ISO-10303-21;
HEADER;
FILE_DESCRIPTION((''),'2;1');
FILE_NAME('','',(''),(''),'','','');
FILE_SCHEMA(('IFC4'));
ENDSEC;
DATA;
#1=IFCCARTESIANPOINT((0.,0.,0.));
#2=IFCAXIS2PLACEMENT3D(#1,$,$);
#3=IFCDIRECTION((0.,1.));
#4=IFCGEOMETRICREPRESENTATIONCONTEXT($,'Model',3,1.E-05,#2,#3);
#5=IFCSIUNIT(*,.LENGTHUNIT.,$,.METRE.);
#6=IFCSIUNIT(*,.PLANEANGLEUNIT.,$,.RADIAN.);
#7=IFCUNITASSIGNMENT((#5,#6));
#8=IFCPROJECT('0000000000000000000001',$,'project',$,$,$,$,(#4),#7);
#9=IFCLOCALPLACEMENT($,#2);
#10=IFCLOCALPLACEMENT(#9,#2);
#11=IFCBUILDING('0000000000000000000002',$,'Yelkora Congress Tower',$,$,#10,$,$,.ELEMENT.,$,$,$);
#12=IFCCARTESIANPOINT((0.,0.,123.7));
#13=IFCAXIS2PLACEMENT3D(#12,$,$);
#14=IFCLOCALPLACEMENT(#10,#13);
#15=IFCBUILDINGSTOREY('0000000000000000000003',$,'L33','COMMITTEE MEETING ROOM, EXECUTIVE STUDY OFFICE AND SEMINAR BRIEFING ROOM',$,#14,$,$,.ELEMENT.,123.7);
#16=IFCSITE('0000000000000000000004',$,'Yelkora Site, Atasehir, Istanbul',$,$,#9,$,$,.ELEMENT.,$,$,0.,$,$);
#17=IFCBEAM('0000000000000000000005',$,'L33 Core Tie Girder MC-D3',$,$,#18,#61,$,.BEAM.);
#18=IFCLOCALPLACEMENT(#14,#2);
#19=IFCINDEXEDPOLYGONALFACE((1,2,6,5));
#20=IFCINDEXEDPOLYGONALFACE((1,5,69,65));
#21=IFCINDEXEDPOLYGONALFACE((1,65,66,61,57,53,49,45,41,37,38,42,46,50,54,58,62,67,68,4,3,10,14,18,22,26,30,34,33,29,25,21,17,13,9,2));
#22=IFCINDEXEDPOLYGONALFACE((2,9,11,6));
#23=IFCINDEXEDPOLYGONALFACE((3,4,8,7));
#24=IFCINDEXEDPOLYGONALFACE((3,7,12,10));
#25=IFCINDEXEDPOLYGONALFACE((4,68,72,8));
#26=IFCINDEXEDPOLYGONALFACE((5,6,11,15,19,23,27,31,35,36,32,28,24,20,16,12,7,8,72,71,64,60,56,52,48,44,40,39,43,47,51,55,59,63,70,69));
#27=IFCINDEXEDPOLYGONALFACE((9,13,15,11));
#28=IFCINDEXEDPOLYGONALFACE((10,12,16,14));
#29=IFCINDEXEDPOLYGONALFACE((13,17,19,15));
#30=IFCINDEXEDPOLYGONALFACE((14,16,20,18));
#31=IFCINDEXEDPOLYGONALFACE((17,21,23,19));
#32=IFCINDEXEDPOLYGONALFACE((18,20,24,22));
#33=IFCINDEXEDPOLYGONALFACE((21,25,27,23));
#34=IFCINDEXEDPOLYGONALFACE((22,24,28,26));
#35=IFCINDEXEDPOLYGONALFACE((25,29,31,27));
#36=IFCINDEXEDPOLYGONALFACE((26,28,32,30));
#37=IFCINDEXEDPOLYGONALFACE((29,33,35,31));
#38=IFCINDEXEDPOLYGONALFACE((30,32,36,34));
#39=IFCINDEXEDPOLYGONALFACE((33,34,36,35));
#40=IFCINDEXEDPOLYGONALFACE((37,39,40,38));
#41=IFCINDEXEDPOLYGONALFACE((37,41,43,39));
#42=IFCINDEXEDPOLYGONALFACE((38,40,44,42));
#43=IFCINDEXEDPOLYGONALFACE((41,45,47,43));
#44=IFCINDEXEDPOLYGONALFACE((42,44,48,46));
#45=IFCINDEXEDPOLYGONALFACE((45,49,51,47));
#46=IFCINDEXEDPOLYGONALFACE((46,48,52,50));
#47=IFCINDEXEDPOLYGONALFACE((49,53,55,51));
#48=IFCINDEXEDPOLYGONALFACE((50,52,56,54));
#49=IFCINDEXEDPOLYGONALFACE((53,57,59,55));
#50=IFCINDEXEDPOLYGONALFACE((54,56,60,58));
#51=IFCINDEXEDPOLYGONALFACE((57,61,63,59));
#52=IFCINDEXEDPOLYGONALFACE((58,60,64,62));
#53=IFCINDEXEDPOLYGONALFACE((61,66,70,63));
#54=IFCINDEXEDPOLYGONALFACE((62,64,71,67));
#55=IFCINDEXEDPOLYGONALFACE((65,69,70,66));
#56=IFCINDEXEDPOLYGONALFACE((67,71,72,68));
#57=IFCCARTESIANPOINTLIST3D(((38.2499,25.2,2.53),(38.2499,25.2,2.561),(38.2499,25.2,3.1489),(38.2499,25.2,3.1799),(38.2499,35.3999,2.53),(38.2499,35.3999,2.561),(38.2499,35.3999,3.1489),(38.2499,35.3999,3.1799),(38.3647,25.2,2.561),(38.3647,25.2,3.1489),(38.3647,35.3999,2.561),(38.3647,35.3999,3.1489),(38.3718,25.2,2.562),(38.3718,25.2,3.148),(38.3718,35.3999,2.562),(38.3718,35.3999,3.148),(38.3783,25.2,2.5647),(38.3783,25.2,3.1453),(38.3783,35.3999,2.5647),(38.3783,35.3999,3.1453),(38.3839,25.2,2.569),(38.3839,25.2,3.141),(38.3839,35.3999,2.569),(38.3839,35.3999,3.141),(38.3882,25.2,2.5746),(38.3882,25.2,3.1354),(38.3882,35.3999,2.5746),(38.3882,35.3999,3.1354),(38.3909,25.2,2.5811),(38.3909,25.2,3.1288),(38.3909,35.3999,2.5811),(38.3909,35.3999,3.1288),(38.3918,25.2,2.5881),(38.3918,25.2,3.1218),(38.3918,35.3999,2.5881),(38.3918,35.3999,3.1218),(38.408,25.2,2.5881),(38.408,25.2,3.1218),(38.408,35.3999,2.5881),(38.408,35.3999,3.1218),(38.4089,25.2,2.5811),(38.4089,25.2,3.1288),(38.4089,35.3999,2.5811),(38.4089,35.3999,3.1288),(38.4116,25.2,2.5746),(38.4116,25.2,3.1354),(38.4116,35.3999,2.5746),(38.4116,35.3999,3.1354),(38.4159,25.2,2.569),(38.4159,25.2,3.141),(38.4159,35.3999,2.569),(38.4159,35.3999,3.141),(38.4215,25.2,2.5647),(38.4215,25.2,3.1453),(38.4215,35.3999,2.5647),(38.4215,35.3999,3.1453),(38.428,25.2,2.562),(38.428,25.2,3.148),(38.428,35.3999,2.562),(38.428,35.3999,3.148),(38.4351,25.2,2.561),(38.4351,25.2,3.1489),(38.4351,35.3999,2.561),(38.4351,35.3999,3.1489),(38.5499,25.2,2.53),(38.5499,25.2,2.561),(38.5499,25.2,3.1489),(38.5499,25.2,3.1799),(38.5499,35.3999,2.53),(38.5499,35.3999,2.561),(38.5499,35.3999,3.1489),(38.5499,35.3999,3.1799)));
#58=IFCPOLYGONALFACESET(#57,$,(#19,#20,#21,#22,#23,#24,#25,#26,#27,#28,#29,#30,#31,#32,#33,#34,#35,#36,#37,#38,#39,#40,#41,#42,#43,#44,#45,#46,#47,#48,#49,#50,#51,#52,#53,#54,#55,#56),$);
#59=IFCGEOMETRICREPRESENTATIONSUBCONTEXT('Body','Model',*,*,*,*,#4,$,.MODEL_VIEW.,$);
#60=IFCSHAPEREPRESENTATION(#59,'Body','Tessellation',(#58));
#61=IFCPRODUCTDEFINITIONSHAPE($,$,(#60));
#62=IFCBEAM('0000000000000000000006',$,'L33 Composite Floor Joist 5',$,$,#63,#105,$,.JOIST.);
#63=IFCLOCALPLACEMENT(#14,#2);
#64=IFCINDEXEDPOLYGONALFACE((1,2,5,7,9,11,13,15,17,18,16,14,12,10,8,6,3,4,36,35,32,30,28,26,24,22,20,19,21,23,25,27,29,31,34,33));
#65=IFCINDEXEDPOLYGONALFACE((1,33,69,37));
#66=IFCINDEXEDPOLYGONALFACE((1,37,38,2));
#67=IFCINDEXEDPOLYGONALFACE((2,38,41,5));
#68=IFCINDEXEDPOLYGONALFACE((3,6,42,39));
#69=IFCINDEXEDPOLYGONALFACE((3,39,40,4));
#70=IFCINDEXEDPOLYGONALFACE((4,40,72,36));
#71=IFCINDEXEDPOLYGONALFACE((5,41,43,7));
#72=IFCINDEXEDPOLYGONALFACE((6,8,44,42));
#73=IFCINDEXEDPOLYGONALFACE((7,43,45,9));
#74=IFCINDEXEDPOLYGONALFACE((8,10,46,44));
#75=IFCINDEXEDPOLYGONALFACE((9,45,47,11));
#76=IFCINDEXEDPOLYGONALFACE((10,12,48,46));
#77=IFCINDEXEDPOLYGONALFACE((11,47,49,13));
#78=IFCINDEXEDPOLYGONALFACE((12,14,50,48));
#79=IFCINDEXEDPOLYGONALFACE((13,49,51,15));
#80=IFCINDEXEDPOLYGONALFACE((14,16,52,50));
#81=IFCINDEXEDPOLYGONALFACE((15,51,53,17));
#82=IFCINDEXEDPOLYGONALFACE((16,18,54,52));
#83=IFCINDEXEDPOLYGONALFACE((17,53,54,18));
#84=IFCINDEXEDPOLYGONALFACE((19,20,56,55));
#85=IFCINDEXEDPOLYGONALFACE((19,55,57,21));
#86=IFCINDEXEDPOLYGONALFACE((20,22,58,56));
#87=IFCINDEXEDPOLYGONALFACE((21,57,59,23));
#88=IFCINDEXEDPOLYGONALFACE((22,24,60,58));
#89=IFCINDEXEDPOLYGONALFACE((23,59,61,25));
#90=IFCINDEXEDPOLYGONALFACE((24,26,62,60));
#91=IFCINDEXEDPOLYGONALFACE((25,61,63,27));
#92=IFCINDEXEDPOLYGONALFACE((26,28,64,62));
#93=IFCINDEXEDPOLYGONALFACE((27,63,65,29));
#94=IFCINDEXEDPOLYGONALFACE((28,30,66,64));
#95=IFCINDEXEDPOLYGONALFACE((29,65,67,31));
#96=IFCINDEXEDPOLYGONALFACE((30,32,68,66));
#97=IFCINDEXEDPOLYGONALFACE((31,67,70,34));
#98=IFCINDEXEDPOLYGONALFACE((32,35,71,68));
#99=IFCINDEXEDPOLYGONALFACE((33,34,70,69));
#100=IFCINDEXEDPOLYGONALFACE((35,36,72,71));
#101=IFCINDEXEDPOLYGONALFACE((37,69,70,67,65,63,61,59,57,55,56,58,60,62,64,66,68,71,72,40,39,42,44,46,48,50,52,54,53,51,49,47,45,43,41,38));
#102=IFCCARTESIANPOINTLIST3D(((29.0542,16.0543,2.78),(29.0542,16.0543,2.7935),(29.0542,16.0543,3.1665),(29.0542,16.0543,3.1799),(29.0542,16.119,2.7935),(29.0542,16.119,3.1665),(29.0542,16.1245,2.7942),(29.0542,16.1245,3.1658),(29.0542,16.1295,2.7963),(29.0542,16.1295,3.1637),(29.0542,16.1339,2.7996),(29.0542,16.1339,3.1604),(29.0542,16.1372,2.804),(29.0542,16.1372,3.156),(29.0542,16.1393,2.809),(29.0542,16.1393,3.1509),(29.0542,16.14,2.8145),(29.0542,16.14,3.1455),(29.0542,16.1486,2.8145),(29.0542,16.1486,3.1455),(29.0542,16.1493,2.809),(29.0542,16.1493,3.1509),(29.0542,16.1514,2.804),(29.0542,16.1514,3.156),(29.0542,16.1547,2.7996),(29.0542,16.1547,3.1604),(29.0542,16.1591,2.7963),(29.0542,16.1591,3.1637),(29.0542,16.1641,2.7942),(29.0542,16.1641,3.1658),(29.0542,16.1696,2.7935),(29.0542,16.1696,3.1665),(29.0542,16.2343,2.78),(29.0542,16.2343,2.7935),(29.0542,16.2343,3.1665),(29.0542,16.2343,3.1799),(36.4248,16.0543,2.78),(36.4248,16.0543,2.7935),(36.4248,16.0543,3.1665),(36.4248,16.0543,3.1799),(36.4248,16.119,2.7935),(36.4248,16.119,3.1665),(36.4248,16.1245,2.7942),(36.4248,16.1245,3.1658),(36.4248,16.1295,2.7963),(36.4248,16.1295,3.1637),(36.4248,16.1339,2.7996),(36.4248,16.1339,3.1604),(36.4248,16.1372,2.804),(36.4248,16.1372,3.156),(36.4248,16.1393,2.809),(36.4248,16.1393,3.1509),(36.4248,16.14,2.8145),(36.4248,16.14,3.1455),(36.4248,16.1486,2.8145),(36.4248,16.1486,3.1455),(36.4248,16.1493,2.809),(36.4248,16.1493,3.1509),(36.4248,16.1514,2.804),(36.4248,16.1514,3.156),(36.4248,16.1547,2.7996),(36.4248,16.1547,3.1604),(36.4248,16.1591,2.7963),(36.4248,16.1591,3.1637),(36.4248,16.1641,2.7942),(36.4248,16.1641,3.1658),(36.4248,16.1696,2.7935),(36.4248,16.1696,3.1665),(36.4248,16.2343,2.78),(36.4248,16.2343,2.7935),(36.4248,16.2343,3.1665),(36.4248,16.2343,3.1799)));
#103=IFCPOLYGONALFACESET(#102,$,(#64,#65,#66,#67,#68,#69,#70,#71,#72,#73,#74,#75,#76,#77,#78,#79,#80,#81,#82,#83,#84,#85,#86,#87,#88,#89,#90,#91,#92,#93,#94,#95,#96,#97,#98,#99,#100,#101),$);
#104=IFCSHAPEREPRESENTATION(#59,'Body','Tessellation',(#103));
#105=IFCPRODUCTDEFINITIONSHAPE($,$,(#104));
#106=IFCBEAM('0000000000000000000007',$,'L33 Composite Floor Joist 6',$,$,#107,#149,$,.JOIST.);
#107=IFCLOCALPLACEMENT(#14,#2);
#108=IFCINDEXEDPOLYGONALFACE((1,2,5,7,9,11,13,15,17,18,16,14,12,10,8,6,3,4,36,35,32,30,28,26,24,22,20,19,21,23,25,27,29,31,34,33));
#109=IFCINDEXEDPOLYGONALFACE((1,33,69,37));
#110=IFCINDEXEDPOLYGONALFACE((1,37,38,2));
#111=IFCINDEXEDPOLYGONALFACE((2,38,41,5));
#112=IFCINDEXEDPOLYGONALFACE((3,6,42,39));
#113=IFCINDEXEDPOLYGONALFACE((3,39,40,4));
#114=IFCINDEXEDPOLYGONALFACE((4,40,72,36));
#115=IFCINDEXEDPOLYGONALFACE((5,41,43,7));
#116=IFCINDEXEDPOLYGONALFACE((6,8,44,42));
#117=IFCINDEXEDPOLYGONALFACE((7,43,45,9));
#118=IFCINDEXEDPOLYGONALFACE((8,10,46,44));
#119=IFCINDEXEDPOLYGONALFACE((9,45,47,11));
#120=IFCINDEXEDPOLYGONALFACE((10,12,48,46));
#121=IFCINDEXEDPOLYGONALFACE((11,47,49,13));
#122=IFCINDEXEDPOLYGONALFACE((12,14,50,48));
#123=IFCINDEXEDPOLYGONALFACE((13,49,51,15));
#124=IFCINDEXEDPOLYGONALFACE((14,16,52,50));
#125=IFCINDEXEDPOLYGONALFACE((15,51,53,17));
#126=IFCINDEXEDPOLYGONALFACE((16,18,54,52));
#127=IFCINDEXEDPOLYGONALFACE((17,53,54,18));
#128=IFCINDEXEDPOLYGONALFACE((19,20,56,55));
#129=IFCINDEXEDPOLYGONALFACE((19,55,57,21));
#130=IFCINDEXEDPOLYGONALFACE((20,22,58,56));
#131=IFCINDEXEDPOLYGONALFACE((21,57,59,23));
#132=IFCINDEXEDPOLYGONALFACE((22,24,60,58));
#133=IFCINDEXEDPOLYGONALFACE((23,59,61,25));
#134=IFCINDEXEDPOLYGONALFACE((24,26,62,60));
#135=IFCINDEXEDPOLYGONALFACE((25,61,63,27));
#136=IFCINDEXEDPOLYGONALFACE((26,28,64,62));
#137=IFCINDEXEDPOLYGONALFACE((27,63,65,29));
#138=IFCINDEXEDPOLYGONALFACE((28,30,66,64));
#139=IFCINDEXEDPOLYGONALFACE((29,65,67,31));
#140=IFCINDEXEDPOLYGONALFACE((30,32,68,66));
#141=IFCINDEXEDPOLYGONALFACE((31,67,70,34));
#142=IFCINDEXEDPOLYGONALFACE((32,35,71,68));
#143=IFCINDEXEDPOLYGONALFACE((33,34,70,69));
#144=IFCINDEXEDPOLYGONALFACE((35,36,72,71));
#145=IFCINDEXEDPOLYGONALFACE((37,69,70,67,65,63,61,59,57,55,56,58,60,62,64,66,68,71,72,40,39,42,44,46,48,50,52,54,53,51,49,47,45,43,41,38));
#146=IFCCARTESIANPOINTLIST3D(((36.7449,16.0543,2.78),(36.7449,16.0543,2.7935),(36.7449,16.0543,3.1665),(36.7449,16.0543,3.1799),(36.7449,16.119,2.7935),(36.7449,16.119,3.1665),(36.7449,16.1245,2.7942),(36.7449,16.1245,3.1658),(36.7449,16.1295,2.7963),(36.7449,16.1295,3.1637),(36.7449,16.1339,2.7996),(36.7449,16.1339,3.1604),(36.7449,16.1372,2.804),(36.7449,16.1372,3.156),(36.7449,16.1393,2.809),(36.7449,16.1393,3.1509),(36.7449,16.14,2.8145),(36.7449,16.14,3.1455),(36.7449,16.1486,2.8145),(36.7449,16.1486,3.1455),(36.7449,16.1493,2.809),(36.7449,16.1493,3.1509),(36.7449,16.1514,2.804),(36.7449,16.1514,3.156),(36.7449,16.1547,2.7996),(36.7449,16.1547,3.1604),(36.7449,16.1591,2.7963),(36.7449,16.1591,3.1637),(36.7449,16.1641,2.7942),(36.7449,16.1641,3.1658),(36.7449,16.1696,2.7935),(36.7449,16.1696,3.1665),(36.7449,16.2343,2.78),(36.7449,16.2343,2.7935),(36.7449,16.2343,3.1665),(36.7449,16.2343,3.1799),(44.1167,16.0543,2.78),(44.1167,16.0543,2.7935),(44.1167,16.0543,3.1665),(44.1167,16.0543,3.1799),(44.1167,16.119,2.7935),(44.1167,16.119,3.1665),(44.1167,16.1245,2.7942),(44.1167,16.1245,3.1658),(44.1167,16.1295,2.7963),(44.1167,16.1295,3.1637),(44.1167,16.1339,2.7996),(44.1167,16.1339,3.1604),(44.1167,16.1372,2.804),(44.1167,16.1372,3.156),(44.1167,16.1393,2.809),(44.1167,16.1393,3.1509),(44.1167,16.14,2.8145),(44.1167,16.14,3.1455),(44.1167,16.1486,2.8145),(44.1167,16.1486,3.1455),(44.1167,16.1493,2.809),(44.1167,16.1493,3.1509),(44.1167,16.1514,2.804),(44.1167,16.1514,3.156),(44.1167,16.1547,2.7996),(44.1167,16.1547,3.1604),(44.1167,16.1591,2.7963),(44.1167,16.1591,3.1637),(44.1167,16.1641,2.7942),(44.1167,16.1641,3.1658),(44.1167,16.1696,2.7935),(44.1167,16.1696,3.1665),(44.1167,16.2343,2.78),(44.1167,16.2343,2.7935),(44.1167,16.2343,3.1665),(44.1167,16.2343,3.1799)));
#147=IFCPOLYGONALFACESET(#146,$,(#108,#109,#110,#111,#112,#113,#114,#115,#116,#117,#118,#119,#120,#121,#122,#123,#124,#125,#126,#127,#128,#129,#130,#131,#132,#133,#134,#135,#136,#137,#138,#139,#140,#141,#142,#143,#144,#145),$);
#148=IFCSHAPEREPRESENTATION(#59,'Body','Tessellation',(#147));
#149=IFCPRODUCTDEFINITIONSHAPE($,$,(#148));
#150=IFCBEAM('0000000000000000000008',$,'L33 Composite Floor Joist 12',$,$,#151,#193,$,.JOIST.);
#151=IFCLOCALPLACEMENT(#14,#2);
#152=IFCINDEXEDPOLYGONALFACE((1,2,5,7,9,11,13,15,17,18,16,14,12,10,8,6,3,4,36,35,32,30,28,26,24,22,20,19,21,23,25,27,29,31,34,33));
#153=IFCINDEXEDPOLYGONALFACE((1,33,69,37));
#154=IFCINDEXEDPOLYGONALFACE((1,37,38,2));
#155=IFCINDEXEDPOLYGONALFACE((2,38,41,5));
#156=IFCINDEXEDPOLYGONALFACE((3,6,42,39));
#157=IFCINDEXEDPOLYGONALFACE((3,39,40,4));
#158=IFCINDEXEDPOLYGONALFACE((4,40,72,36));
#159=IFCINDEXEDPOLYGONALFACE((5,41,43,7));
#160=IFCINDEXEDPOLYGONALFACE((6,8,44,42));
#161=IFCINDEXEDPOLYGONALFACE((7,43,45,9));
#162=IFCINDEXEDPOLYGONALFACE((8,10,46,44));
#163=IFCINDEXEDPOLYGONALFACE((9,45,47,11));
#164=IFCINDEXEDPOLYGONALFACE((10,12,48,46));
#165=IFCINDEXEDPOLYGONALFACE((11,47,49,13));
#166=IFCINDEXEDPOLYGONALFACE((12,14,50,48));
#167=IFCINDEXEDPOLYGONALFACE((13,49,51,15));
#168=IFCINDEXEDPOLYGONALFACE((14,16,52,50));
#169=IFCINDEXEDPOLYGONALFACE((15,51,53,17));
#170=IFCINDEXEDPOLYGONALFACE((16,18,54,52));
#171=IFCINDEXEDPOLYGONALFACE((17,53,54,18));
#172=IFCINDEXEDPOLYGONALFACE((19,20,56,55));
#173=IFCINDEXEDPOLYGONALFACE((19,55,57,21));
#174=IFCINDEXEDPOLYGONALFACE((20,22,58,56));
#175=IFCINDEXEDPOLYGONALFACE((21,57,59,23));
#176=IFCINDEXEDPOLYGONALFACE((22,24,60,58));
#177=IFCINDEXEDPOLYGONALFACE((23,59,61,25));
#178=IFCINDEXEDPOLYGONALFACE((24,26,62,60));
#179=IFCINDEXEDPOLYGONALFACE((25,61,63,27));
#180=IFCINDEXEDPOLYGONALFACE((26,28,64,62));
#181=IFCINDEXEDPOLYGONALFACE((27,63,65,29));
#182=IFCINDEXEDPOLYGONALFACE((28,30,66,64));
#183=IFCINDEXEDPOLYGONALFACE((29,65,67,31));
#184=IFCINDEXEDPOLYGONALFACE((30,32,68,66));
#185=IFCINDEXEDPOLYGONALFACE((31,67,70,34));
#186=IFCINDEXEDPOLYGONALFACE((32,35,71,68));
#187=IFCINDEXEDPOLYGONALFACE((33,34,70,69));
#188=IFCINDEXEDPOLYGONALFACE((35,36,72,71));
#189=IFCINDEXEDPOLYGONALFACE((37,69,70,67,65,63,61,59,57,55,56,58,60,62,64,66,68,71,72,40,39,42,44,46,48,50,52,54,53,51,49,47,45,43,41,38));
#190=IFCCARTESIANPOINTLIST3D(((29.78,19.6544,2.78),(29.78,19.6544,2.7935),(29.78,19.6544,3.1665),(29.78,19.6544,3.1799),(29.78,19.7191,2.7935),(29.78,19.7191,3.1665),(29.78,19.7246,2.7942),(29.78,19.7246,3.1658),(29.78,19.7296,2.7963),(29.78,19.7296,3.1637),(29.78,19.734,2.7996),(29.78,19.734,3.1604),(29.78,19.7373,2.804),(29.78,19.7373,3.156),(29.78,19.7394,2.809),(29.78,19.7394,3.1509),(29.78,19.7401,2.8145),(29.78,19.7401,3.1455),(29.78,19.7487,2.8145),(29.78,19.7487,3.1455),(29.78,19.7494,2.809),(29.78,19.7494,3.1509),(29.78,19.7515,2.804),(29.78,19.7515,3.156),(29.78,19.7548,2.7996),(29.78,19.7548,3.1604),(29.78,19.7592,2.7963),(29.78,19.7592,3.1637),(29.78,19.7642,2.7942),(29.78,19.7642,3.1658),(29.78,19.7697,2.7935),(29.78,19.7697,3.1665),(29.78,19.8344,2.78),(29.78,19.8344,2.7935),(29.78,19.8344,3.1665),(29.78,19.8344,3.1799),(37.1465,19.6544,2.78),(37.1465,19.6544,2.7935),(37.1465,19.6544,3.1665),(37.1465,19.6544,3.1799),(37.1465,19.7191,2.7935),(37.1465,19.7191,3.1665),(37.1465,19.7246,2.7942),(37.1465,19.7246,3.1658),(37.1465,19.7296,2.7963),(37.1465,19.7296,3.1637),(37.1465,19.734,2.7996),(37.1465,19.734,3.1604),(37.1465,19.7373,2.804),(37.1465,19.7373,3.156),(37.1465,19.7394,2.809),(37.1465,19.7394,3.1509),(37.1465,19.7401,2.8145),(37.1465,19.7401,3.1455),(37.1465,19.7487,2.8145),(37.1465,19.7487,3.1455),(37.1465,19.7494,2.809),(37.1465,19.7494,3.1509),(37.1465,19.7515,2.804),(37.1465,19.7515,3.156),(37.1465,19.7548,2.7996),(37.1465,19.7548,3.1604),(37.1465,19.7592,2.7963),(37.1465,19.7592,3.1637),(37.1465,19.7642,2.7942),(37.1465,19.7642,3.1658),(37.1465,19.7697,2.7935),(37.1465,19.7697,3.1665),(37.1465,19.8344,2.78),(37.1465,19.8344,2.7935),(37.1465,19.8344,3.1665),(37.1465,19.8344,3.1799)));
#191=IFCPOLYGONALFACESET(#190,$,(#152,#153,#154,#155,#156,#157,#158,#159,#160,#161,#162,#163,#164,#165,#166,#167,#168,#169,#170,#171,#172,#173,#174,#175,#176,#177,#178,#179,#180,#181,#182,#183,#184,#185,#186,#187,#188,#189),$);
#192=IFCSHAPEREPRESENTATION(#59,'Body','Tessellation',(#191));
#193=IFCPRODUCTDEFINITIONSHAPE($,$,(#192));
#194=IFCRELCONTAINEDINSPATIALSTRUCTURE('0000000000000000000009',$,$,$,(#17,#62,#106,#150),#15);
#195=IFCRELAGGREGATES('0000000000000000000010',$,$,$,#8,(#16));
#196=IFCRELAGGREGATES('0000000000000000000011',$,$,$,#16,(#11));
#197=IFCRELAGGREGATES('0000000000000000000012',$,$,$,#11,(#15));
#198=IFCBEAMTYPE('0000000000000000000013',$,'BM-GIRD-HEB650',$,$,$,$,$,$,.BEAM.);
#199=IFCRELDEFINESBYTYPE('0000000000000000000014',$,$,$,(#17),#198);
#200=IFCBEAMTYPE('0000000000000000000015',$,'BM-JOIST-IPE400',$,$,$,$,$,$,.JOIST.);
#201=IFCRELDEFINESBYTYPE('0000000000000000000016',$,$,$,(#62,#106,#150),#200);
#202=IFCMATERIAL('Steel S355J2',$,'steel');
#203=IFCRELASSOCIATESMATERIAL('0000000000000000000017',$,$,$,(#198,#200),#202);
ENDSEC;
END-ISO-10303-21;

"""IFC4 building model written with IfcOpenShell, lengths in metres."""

from ifc_helpers import new_model, si_unit, direction, frame, origin, origin_2d, place, context, subcontext, project, spatial, i_section, extrude, material, material_profile, profile_set, type_object, element, save


model = new_model("IFC4")

# Units and contexts
model_context = context("Model", 3, precision=1e-05, world=origin(), true_north=direction((0.0, 1.0)))
body_context = subcontext(model_context, "Body", "Model", "MODEL_VIEW")
ifc_project = project(units=[si_unit("LENGTHUNIT", "METRE"), si_unit("PLANEANGLEUNIT", "RADIAN")], contexts=[model_context])

# Site, building, storey
site_placement = place(None, origin())
site = spatial("IfcSite", under=ifc_project, at=site_placement, Name="Yelkora Site, Atasehir, Istanbul", CompositionType="ELEMENT", RefElevation=0.0)
building_placement = place(site_placement, origin())
building = spatial("IfcBuilding", under=site, at=building_placement, Name="Yelkora Congress Tower", CompositionType="ELEMENT")
storey_placement = place(building_placement, frame((0.0, 0.0, 123.7)))
storey = spatial("IfcBuildingStorey", under=building, at=storey_placement, Name="L33", Description="COMMITTEE MEETING ROOM, EXECUTIVE STUDY OFFICE AND SEMINAR BRIEFING ROOM", CompositionType="ELEMENT", Elevation=123.7)

# Beams
ifc_material_1 = material(Name="Steel S355J2", Category="steel")
ifc_material_profile_1 = material_profile(ifc_material_1, i_section(OverallWidth=0.3, OverallDepth=0.6499, WebThickness=0.0161, FlangeThickness=0.031, FilletRadius=0.0271, at=origin_2d()), Name="HEB 650")
ifc_profile_set_1 = profile_set([ifc_material_profile_1], Name="Steel S355J2")
beam_type_1 = type_object("IfcBeamType", Name="BM-GIRD-HEB650", PredefinedType="BEAM", material=ifc_profile_set_1)
for number, where, z_axis, x_axis, name in (
    (1, (38.3999, 25.2, 2.855), (0.0, 1.0, 0.0), (-1.0, 0.0, 0.0), "L33 Core Tie Girder MC-D3"),
):
    element("IfcBeam", number, at=place(storey_placement, frame(where, z_axis=z_axis, x_axis=x_axis)), inside=storey, type_object=beam_type_1, Name=name, PredefinedType="BEAM", context=body_context, shape_type="SweptSolid", body=[
        extrude(i_section(OverallWidth=0.3, OverallDepth=0.6499, WebThickness=0.0161, FlangeThickness=0.031, FilletRadius=0.0271, at=origin_2d()), origin(), (0.0, 0.0, 1.0), 10.2),
    ])
ifc_material_profile_2 = material_profile(ifc_material_1, i_section(OverallWidth=0.1799, OverallDepth=0.3999, WebThickness=0.0085, FlangeThickness=0.0134, FilletRadius=0.021, at=origin_2d()), Name="IPE 400")
ifc_profile_set_2 = profile_set([ifc_material_profile_2], Name="Steel S355J2")
beam_type_2 = type_object("IfcBeamType", Name="BM-JOIST-IPE400", PredefinedType="JOIST", material=ifc_profile_set_2)
beam_1_placement = place(storey_placement, frame((29.0542, 16.1443, 2.98), z_axis=(1.0, 0.0, 0.0), x_axis=(0.0, 1.0, 0.0)))
element("IfcBeam", 2, at=beam_1_placement, inside=storey, type_object=beam_type_2, Name="L33 Composite Floor Joist 5", PredefinedType="JOIST", context=body_context, shape_type="SweptSolid", body=[
    extrude(i_section(OverallWidth=0.1799, OverallDepth=0.3999, WebThickness=0.0085, FlangeThickness=0.0134, FilletRadius=0.021, at=origin_2d()), origin(), (0.0, 0.0, 1.0), 7.3706),
])
beam_2_placement = place(storey_placement, frame((36.7449, 16.1443, 2.98), z_axis=(1.0, 0.0, 0.0), x_axis=(0.0, 1.0, 0.0)))
element("IfcBeam", 3, at=beam_2_placement, inside=storey, type_object=beam_type_2, Name="L33 Composite Floor Joist 6", PredefinedType="JOIST", context=body_context, shape_type="SweptSolid", body=[
    extrude(i_section(OverallWidth=0.1799, OverallDepth=0.3999, WebThickness=0.0085, FlangeThickness=0.0134, FilletRadius=0.021, at=origin_2d()), origin(), (0.0, 0.0, 1.0), 7.3718),
])
beam_3_placement = place(storey_placement, frame((29.78, 19.7444, 2.98), z_axis=(1.0, 0.0, 0.0), x_axis=(0.0, 1.0, 0.0)))
element("IfcBeam", 4, at=beam_3_placement, inside=storey, type_object=beam_type_2, Name="L33 Composite Floor Joist 12", PredefinedType="JOIST", context=body_context, shape_type="SweptSolid", body=[
    extrude(i_section(OverallWidth=0.1799, OverallDepth=0.3999, WebThickness=0.0085, FlangeThickness=0.0134, FilletRadius=0.021, at=origin_2d()), origin(), (0.0, 0.0, 1.0), 7.3665),
])

save(model, "model.ifc")
